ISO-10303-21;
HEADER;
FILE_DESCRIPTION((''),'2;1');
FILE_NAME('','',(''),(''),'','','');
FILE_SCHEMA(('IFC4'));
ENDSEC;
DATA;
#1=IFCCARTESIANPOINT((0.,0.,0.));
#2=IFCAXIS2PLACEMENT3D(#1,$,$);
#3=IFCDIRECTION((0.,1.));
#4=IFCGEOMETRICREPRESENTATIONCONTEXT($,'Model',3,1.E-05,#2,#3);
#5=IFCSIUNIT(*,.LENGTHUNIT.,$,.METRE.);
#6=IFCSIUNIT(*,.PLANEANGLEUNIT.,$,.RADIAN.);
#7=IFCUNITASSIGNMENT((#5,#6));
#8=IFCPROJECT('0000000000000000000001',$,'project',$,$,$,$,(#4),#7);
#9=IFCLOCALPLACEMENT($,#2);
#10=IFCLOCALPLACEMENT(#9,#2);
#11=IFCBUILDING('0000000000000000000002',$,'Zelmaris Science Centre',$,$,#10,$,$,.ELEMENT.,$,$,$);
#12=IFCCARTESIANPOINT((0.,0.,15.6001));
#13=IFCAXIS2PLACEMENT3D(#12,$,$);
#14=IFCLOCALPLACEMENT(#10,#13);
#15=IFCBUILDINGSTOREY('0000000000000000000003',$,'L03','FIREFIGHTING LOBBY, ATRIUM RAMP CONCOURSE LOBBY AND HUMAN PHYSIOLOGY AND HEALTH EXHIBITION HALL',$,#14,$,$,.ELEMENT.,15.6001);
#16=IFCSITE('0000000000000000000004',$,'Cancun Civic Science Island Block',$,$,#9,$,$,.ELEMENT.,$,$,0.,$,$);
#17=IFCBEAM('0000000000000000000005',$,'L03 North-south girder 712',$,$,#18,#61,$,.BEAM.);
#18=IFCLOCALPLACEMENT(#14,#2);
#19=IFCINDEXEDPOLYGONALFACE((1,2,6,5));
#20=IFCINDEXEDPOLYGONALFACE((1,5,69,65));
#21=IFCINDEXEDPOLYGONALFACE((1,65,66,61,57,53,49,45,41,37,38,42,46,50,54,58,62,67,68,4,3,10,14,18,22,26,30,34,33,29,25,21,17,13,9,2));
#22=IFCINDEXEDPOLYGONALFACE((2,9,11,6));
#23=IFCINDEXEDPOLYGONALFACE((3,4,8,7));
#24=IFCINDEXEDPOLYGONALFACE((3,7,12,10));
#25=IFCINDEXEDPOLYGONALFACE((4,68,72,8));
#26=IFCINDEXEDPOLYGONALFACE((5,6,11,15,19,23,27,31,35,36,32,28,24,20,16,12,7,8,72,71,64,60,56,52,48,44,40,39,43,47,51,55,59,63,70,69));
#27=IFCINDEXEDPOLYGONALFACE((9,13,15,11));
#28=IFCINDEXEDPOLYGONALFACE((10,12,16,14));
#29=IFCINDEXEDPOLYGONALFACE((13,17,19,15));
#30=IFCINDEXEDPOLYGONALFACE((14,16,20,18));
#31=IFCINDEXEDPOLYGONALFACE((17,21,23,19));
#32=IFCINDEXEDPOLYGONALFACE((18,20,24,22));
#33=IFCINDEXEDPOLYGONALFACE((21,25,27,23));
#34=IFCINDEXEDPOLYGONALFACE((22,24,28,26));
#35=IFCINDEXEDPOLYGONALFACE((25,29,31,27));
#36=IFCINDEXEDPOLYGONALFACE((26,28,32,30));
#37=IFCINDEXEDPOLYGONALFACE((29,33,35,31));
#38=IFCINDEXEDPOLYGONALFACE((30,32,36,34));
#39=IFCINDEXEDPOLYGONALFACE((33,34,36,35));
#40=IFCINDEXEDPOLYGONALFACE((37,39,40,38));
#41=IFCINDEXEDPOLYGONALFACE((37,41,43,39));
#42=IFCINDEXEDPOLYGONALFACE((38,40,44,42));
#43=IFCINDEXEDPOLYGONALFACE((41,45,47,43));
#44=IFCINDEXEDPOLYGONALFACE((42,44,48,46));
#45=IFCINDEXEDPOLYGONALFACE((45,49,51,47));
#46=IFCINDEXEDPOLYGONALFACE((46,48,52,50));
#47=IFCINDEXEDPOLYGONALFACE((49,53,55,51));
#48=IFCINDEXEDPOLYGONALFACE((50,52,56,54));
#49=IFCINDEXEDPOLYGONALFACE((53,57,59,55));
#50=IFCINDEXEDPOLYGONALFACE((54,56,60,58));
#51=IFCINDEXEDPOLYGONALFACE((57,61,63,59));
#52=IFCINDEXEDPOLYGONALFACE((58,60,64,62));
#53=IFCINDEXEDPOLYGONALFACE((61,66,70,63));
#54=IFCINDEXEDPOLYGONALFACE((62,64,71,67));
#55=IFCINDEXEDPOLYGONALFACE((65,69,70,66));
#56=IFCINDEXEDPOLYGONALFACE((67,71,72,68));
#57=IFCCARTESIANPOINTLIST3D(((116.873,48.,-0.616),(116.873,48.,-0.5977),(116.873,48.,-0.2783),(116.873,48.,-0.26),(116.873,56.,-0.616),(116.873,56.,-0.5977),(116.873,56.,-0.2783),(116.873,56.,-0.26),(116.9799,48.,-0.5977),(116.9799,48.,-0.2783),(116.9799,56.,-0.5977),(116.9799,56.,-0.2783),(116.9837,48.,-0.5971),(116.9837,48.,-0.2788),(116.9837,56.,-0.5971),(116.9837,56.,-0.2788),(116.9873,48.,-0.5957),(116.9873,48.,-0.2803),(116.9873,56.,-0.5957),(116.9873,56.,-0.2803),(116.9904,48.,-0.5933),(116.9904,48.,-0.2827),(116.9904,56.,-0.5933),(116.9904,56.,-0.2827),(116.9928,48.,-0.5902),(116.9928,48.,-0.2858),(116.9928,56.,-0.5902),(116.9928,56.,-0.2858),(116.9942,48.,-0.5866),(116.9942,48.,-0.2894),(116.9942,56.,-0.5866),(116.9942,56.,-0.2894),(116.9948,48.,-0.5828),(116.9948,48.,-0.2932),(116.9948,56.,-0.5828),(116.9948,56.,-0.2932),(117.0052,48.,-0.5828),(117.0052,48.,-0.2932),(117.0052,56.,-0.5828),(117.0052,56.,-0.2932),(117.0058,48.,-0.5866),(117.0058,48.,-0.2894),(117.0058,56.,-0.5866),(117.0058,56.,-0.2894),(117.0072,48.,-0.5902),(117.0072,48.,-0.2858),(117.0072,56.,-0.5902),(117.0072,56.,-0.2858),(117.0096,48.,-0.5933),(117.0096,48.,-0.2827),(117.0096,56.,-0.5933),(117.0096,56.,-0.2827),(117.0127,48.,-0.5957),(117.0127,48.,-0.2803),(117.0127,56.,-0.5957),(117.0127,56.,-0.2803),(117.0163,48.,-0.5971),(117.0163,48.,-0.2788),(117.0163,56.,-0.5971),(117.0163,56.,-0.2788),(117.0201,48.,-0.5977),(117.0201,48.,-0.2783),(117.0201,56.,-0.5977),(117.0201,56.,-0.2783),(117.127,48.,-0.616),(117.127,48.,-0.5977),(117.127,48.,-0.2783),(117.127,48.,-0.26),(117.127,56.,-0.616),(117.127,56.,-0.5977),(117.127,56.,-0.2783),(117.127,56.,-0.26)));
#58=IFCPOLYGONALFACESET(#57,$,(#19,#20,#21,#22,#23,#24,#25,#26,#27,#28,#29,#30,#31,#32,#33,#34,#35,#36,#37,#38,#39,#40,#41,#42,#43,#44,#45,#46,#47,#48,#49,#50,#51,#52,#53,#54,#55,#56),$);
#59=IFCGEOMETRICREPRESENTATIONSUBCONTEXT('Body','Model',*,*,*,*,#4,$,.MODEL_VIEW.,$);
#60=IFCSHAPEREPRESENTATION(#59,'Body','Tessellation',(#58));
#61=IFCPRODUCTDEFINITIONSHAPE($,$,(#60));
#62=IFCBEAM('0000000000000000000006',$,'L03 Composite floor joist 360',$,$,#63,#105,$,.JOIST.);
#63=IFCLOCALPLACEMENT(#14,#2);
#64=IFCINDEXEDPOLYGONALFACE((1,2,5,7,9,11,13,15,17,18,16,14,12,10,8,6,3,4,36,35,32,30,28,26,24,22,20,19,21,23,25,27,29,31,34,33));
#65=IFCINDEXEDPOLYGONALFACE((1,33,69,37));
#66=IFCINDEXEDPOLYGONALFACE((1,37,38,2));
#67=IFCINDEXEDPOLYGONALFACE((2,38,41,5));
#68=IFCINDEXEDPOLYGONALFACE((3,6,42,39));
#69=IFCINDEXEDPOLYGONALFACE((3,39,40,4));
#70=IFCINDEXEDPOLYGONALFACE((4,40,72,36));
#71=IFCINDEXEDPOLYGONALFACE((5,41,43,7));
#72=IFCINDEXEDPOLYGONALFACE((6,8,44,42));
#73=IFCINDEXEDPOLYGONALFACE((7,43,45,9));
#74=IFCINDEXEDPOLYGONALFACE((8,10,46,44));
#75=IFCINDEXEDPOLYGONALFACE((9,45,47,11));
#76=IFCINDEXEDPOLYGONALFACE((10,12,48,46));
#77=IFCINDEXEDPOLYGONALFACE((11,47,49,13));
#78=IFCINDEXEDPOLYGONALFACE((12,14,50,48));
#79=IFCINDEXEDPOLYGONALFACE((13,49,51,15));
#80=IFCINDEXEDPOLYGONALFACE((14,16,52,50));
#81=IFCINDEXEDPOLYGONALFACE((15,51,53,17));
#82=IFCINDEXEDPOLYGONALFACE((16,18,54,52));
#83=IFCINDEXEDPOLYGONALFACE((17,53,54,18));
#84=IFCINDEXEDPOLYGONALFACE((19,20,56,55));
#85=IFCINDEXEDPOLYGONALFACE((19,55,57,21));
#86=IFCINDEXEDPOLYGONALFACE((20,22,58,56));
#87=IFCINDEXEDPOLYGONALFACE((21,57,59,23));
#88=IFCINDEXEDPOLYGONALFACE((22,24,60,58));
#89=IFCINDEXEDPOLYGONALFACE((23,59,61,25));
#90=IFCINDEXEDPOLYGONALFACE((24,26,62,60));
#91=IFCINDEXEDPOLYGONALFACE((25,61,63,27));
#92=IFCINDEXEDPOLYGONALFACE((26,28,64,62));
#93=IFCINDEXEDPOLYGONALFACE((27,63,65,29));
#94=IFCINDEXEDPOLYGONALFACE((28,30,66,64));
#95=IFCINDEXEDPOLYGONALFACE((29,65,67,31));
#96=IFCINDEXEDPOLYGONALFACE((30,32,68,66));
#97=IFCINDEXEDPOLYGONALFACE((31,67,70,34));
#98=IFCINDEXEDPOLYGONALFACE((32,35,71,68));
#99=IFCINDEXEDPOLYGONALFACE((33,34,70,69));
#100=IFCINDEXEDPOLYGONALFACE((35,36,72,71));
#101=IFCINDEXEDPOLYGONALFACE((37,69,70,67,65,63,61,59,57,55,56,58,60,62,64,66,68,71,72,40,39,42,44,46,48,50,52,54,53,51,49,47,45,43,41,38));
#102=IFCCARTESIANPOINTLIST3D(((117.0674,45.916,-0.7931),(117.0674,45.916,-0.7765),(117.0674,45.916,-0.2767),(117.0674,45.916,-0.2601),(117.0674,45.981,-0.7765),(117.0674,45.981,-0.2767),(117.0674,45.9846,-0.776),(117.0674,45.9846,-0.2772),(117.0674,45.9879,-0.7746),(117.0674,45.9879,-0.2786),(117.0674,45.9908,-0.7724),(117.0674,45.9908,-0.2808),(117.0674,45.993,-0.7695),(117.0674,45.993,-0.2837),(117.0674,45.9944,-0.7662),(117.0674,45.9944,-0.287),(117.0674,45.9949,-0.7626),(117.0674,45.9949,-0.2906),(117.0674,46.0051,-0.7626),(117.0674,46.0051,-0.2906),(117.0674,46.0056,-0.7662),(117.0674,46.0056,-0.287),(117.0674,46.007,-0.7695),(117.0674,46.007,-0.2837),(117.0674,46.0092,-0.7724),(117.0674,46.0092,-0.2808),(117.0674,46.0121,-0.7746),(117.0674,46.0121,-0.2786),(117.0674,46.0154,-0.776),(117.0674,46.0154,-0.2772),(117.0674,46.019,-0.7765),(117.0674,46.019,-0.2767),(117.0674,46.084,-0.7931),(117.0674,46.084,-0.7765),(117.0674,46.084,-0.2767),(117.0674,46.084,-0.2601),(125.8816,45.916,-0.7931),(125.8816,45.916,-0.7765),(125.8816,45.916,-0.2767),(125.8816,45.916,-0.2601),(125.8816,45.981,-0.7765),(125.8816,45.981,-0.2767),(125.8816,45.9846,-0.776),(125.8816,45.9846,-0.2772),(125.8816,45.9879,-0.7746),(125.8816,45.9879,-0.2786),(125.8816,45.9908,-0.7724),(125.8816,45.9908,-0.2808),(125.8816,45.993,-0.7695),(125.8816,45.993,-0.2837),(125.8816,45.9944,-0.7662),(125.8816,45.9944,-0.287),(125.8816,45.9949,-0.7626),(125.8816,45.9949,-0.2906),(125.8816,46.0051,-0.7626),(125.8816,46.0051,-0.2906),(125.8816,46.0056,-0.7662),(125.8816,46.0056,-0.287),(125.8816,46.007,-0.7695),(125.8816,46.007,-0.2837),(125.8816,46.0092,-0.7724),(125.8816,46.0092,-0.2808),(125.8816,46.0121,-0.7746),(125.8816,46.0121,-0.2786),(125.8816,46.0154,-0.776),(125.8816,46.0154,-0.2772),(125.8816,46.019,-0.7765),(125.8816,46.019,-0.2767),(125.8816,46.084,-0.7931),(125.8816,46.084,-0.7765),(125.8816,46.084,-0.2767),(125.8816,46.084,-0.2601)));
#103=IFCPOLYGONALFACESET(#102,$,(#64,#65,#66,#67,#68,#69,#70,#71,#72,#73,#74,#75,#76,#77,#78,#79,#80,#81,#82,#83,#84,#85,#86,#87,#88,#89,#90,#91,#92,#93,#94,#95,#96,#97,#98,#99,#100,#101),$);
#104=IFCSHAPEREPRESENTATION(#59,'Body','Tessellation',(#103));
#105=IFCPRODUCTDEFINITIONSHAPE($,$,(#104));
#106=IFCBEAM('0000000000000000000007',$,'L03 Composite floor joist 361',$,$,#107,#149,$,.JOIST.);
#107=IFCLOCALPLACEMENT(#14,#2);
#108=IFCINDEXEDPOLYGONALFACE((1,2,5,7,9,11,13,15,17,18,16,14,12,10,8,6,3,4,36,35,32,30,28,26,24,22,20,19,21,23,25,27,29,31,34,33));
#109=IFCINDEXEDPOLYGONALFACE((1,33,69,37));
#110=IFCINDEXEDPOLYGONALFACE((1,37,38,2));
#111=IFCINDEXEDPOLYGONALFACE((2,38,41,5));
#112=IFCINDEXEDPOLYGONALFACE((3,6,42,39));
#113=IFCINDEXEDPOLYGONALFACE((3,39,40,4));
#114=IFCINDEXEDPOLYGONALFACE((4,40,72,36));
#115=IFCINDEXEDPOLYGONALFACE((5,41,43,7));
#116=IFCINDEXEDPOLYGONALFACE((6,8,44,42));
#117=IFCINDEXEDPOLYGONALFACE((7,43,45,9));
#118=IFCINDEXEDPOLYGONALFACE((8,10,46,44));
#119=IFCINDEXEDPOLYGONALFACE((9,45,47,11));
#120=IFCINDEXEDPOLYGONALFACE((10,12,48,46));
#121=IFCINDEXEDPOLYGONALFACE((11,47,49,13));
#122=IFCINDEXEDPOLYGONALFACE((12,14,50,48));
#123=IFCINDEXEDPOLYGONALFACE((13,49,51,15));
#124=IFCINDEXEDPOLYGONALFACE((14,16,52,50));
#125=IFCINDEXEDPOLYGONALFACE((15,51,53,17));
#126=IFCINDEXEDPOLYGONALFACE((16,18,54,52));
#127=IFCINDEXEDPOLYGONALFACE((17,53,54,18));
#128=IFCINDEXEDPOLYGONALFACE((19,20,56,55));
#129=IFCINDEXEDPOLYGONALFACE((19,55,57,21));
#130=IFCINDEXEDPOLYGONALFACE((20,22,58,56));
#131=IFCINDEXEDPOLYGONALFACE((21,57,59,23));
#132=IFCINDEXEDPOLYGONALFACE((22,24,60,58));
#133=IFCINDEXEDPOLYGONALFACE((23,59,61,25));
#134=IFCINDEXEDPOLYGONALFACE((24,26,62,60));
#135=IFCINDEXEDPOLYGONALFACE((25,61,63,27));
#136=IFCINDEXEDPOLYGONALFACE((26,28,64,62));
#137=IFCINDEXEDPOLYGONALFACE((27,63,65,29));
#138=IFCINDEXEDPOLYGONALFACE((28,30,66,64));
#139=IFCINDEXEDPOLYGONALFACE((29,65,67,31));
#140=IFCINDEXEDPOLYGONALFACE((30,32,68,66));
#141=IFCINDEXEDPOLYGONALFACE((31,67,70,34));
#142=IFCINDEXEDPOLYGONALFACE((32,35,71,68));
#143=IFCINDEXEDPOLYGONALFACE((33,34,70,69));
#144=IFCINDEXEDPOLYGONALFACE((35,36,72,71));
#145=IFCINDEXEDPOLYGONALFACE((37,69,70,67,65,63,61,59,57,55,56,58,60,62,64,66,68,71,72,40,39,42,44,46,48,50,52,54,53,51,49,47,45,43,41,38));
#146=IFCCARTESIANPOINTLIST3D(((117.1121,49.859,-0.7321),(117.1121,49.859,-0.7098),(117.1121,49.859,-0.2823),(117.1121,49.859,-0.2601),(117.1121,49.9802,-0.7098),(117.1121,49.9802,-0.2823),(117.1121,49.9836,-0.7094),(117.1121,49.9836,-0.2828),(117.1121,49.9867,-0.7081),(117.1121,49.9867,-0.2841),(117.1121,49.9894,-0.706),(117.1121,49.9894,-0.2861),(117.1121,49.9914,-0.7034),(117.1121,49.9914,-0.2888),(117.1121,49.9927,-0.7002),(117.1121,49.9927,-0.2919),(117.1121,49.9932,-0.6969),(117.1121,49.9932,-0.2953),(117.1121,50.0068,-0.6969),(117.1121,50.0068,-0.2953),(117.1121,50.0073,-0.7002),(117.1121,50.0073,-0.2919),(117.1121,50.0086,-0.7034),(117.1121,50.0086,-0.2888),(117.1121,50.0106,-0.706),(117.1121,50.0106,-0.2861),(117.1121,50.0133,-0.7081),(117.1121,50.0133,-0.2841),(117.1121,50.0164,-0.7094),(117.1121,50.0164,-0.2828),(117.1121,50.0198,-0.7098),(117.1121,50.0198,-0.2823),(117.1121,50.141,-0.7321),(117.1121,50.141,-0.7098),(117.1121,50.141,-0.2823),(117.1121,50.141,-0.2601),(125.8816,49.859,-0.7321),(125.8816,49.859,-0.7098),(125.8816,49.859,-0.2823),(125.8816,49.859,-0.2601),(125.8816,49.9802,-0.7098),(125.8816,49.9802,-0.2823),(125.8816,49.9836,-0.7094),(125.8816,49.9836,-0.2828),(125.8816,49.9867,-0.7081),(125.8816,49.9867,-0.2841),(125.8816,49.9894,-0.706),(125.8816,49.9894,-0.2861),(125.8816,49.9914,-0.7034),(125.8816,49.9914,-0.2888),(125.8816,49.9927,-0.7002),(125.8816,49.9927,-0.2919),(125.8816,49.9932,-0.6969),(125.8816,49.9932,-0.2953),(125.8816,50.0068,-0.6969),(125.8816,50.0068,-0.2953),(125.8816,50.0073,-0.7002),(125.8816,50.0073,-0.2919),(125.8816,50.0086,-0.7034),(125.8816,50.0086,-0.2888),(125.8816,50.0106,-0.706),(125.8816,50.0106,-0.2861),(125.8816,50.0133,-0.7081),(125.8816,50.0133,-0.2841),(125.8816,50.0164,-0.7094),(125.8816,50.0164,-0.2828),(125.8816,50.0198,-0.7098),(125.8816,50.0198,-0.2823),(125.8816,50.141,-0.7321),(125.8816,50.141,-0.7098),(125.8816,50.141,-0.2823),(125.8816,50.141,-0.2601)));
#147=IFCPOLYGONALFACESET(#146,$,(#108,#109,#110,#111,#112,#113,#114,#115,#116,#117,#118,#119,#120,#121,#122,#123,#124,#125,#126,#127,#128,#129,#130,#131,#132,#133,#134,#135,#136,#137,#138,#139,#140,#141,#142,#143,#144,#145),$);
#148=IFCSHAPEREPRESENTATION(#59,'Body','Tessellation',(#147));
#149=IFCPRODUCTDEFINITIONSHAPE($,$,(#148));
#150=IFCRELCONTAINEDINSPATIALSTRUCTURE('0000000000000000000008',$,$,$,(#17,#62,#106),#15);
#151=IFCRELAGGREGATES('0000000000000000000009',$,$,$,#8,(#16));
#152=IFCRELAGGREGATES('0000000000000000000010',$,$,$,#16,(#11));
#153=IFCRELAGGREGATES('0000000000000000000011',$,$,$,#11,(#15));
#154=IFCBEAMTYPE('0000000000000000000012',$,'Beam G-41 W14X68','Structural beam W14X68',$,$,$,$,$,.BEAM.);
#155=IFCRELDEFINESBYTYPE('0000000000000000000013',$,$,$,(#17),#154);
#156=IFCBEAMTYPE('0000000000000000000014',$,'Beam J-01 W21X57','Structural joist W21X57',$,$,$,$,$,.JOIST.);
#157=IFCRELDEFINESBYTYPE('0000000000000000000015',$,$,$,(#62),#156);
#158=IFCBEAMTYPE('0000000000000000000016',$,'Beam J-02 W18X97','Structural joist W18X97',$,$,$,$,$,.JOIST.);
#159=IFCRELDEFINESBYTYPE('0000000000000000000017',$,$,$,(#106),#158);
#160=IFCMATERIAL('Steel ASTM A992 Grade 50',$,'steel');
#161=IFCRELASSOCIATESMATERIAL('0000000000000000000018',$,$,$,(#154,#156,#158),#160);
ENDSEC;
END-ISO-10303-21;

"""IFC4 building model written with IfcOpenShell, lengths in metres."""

from ifc_helpers import new_model, si_unit, direction, frame, origin, origin_2d, place, context, subcontext, project, spatial, i_section, extrude, material, material_profile, profile_set, type_object, element, save


model = new_model("IFC4")

# Units and contexts
model_context = context("Model", 3, precision=1e-05, world=origin(), true_north=direction((0.0, 1.0)))
body_context = subcontext(model_context, "Body", "Model", "MODEL_VIEW")
ifc_project = project(units=[si_unit("LENGTHUNIT", "METRE"), si_unit("PLANEANGLEUNIT", "RADIAN")], contexts=[model_context])

# Site, building, storey
site_placement = place(None, origin())
site = spatial("IfcSite", under=ifc_project, at=site_placement, Name="Cancun Civic Science Island Block", CompositionType="ELEMENT", RefElevation=0.0)
building_placement = place(site_placement, origin())
building = spatial("IfcBuilding", under=site, at=building_placement, Name="Zelmaris Science Centre", CompositionType="ELEMENT")
storey_placement = place(building_placement, frame((0.0, 0.0, 15.6001)))
storey = spatial("IfcBuildingStorey", under=building, at=storey_placement, Name="L03", Description="FIREFIGHTING LOBBY, ATRIUM RAMP CONCOURSE LOBBY AND HUMAN PHYSIOLOGY AND HEALTH EXHIBITION HALL", CompositionType="ELEMENT", Elevation=15.6001)

# Shared definitions
ifc_material_1 = material(Name="Steel ASTM A992 Grade 50", Category="steel")

# Beams
ifc_material_profile_1 = material_profile(ifc_material_1, i_section(OverallWidth=0.2539, OverallDepth=0.356, WebThickness=0.0105, FlangeThickness=0.0183, FilletRadius=0.0149, at=origin_2d()), Name="W14X68")
ifc_profile_set_1 = profile_set([ifc_material_profile_1], Name="Steel ASTM A992 Grade 50")
beam_type_1 = type_object("IfcBeamType", Name="Beam G-41 W14X68", Description="Structural beam W14X68", PredefinedType="BEAM", material=ifc_profile_set_1)
beam_1_placement = place(storey_placement, frame((117.0, 48.0, -0.438), z_axis=(0.0, 1.0, 0.0), x_axis=(-1.0, 0.0, 0.0)))
element("IfcBeam", 1, at=beam_1_placement, inside=storey, type_object=beam_type_1, Name="L03 North-south girder 712", PredefinedType="BEAM", context=body_context, shape_type="SweptSolid", body=[
    extrude(i_section(OverallWidth=0.2539, OverallDepth=0.356, WebThickness=0.0105, FlangeThickness=0.0183, FilletRadius=0.0149, at=origin_2d()), origin(), (0.0, 0.0, 1.0), 8.0),
])
ifc_material_profile_2 = material_profile(ifc_material_1, i_section(OverallWidth=0.168, OverallDepth=0.533, WebThickness=0.0103, FlangeThickness=0.0166, FilletRadius=0.0139, at=origin_2d()), Name="W21X57")
ifc_profile_set_2 = profile_set([ifc_material_profile_2], Name="Steel ASTM A992 Grade 50")
beam_type_2 = type_object("IfcBeamType", Name="Beam J-01 W21X57", Description="Structural joist W21X57", PredefinedType="JOIST", material=ifc_profile_set_2)
beam_2_placement = place(storey_placement, frame((117.0674, 46.0, -0.5266), z_axis=(1.0, 0.0, 0.0), x_axis=(0.0, 1.0, 0.0)))
element("IfcBeam", 2, at=beam_2_placement, inside=storey, type_object=beam_type_2, Name="L03 Composite floor joist 360", PredefinedType="JOIST", context=body_context, shape_type="SweptSolid", body=[
    extrude(i_section(OverallWidth=0.168, OverallDepth=0.533, WebThickness=0.0103, FlangeThickness=0.0166, FilletRadius=0.0139, at=origin_2d()), origin(), (0.0, 0.0, 1.0), 8.8142),
])
ifc_material_profile_3 = material_profile(ifc_material_1, i_section(OverallWidth=0.282, OverallDepth=0.4719, WebThickness=0.0137, FlangeThickness=0.0222, FilletRadius=0.0129, at=origin_2d()), Name="W18X97")
ifc_profile_set_3 = profile_set([ifc_material_profile_3], Name="Steel ASTM A992 Grade 50")
beam_type_3 = type_object("IfcBeamType", Name="Beam J-02 W18X97", Description="Structural joist W18X97", PredefinedType="JOIST", material=ifc_profile_set_3)
beam_3_placement = place(storey_placement, frame((117.1121, 50.0, -0.4961), z_axis=(1.0, 0.0, 0.0), x_axis=(0.0, 1.0, 0.0)))
element("IfcBeam", 3, at=beam_3_placement, inside=storey, type_object=beam_type_3, Name="L03 Composite floor joist 361", PredefinedType="JOIST", context=body_context, shape_type="SweptSolid", body=[
    extrude(i_section(OverallWidth=0.282, OverallDepth=0.4719, WebThickness=0.0137, FlangeThickness=0.0222, FilletRadius=0.0129, at=origin_2d()), origin(), (0.0, 0.0, 1.0), 8.7695),
])

save(model, "model.ifc")
